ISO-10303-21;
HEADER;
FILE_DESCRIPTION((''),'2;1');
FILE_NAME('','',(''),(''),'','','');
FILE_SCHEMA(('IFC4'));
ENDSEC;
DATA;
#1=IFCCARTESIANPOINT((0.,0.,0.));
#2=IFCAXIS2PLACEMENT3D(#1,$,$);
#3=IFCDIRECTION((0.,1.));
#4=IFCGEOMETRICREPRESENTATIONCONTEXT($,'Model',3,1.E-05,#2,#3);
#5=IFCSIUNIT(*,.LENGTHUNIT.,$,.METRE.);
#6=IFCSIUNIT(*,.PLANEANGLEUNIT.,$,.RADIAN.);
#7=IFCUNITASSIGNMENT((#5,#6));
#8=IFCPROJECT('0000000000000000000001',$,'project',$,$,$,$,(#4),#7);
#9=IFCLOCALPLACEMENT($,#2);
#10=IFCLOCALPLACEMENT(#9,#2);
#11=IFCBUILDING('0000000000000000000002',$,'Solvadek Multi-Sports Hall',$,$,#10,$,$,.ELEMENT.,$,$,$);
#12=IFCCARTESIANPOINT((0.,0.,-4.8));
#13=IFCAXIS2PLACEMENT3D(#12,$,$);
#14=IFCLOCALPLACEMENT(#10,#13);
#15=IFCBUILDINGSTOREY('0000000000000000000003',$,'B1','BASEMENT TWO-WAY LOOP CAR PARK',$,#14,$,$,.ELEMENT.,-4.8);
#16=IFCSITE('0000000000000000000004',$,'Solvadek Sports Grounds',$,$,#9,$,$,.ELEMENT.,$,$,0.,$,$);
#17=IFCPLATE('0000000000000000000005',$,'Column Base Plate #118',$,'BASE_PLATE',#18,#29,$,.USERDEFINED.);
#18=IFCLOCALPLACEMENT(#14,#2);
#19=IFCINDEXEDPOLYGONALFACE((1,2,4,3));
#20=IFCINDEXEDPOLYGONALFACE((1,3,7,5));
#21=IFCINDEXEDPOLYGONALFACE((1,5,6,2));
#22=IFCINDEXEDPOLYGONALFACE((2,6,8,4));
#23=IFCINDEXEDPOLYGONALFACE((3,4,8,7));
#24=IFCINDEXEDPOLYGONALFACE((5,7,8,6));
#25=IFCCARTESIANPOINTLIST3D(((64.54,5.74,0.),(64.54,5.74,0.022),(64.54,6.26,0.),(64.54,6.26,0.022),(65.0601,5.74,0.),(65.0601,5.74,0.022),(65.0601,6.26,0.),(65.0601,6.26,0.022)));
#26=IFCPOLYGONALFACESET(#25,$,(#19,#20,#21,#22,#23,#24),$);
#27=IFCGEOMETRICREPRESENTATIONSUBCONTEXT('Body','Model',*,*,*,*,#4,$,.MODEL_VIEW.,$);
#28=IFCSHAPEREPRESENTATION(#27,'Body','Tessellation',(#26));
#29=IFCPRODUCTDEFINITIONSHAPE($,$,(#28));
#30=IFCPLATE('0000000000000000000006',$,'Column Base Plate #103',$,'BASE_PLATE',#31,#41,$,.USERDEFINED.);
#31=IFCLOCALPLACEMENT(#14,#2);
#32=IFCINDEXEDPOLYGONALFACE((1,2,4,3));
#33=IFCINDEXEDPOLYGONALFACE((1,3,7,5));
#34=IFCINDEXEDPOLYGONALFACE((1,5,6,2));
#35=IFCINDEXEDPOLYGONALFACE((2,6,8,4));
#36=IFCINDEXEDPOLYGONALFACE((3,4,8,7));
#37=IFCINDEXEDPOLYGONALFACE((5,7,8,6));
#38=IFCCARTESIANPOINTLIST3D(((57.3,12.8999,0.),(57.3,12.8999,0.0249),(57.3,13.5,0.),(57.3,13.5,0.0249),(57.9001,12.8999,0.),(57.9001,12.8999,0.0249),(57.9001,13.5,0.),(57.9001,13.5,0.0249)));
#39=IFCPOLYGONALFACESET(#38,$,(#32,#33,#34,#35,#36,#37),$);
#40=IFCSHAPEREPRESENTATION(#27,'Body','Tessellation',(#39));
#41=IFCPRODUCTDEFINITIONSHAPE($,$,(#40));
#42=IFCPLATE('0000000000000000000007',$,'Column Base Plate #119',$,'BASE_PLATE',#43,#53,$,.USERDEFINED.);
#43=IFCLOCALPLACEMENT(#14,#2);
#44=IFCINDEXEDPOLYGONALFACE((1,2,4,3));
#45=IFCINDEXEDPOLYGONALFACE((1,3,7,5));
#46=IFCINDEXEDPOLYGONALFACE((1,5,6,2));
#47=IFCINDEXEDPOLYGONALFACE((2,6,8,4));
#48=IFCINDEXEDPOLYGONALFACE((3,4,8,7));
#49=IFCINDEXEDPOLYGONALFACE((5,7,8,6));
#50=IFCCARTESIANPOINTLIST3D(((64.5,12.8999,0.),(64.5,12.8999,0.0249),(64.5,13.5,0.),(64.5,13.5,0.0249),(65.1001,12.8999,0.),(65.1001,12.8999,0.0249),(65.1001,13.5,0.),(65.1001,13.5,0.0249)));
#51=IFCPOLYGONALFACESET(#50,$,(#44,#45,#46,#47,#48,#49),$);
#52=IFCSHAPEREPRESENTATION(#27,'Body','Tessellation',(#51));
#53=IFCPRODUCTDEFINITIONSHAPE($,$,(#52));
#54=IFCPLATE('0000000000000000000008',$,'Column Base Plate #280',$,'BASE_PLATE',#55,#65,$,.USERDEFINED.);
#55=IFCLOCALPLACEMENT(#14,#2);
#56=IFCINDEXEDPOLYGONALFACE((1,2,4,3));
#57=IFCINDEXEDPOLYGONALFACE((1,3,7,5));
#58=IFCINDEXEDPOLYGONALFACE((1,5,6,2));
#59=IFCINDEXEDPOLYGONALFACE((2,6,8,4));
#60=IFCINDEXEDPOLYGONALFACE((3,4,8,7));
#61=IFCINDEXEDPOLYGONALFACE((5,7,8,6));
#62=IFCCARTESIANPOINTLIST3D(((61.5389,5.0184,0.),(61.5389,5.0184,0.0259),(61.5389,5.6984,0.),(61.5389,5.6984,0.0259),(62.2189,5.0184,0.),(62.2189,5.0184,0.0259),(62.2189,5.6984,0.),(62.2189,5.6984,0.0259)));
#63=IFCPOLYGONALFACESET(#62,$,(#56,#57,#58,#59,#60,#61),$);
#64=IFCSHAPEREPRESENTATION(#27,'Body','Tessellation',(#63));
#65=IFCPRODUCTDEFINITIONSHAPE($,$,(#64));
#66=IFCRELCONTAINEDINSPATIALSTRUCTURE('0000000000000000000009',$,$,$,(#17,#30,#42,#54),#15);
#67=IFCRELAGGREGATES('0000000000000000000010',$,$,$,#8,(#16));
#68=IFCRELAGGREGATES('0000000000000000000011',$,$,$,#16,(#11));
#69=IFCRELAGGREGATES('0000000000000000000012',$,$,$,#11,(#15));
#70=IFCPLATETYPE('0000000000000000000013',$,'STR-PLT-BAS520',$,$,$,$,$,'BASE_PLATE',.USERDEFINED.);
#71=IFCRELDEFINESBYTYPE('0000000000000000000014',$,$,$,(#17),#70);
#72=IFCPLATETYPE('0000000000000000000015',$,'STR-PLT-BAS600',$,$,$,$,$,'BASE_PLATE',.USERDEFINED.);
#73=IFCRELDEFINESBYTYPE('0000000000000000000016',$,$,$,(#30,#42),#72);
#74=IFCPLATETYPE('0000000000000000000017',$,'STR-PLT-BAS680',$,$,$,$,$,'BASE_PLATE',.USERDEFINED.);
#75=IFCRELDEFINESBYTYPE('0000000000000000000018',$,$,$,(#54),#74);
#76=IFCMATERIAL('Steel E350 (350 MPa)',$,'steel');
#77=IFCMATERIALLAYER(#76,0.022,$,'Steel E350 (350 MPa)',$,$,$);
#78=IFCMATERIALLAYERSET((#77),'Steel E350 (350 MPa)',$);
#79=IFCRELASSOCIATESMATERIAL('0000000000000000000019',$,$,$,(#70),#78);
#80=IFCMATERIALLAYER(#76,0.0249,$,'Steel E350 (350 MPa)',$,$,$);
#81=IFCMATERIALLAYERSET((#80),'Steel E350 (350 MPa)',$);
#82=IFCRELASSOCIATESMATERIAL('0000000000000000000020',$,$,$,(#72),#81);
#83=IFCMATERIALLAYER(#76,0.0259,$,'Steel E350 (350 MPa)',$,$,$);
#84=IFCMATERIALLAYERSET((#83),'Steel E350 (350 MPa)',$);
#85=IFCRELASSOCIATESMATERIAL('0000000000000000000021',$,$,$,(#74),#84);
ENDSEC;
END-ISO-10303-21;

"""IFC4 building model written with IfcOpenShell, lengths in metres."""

from ifc_helpers import new_model, si_unit, direction, frame, origin, origin_2d, place, context, subcontext, project, spatial, rectangle, extrude, material, layer, layer_set, type_object, element, save


model = new_model("IFC4")

# Units and contexts
model_context = context("Model", 3, precision=1e-05, world=origin(), true_north=direction((0.0, 1.0)))
body_context = subcontext(model_context, "Body", "Model", "MODEL_VIEW")
ifc_project = project(units=[si_unit("LENGTHUNIT", "METRE"), si_unit("PLANEANGLEUNIT", "RADIAN")], contexts=[model_context])

# Site, building, storey
site_placement = place(None, origin())
site = spatial("IfcSite", under=ifc_project, at=site_placement, Name="Solvadek Sports Grounds", CompositionType="ELEMENT", RefElevation=0.0)
building_placement = place(site_placement, origin())
building = spatial("IfcBuilding", under=site, at=building_placement, Name="Solvadek Multi-Sports Hall", CompositionType="ELEMENT")
storey_placement = place(building_placement, frame((0.0, 0.0, -4.8)))
storey = spatial("IfcBuildingStorey", under=building, at=storey_placement, Name="B1", Description="BASEMENT TWO-WAY LOOP CAR PARK", CompositionType="ELEMENT", Elevation=-4.8)

# Shared definitions
ifc_material_1 = material(Name="Steel E350 (350 MPa)", Category="steel")

# Plates
ifc_layer_1 = layer(ifc_material_1, 0.022, Name="Steel E350 (350 MPa)")
ifc_layer_set_1 = layer_set([ifc_layer_1], Name="Steel E350 (350 MPa)")
plate_type_1 = type_object("IfcPlateType", Name="STR-PLT-BAS520", ElementType="BASE_PLATE", PredefinedType="USERDEFINED", material=ifc_layer_set_1)
for number, where, z_axis, x_axis, name in (
    (1, (64.8, 6.0, 0.0), (0.0, 0.0, 1.0), (1.0, 0.0, 0.0), "Column Base Plate #118"),
):
    element("IfcPlate", number, at=place(storey_placement, frame(where, z_axis=z_axis, x_axis=x_axis)), inside=storey, type_object=plate_type_1, Name=name, ObjectType="BASE_PLATE", PredefinedType="USERDEFINED", context=body_context, shape_type="SweptSolid", body=[
        extrude(rectangle(XDim=0.52, YDim=0.52, at=origin_2d()), origin(), (0.0, 0.0, 1.0), 0.022),
    ])
ifc_layer_2 = layer(ifc_material_1, 0.0249, Name="Steel E350 (350 MPa)")
ifc_layer_set_2 = layer_set([ifc_layer_2], Name="Steel E350 (350 MPa)")
plate_type_2 = type_object("IfcPlateType", Name="STR-PLT-BAS600", ElementType="BASE_PLATE", PredefinedType="USERDEFINED", material=ifc_layer_set_2)
for number, where, z_axis, x_axis, name in (
    (2, (57.6001, 13.2, 0.0), (0.0, 0.0, 1.0), (1.0, 0.0, 0.0), "Column Base Plate #103"),
    (3, (64.8, 13.2, 0.0), (0.0, 0.0, 1.0), (1.0, 0.0, 0.0), "Column Base Plate #119"),
):
    element("IfcPlate", number, at=place(storey_placement, frame(where, z_axis=z_axis, x_axis=x_axis)), inside=storey, type_object=plate_type_2, Name=name, ObjectType="BASE_PLATE", PredefinedType="USERDEFINED", context=body_context, shape_type="SweptSolid", body=[
        extrude(rectangle(XDim=0.6001, YDim=0.6001, at=origin_2d()), origin(), (0.0, 0.0, 1.0), 0.0249),
    ])
ifc_layer_3 = layer(ifc_material_1, 0.0259, Name="Steel E350 (350 MPa)")
ifc_layer_set_3 = layer_set([ifc_layer_3], Name="Steel E350 (350 MPa)")
plate_type_3 = type_object("IfcPlateType", Name="STR-PLT-BAS680", ElementType="BASE_PLATE", PredefinedType="USERDEFINED", material=ifc_layer_set_3)
plate_placement = place(storey_placement, frame((61.8789, 5.3584, 0.0), z_axis=(0.0, 0.0, 1.0), x_axis=(1.0, 0.0, 0.0)))
element("IfcPlate", 4, at=plate_placement, inside=storey, type_object=plate_type_3, Name="Column Base Plate #280", ObjectType="BASE_PLATE", PredefinedType="USERDEFINED", context=body_context, shape_type="SweptSolid", body=[
    extrude(rectangle(XDim=0.6799, YDim=0.6799, at=origin_2d()), origin(), (0.0, 0.0, 1.0), 0.0259),
])

save(model, "model.ifc")
